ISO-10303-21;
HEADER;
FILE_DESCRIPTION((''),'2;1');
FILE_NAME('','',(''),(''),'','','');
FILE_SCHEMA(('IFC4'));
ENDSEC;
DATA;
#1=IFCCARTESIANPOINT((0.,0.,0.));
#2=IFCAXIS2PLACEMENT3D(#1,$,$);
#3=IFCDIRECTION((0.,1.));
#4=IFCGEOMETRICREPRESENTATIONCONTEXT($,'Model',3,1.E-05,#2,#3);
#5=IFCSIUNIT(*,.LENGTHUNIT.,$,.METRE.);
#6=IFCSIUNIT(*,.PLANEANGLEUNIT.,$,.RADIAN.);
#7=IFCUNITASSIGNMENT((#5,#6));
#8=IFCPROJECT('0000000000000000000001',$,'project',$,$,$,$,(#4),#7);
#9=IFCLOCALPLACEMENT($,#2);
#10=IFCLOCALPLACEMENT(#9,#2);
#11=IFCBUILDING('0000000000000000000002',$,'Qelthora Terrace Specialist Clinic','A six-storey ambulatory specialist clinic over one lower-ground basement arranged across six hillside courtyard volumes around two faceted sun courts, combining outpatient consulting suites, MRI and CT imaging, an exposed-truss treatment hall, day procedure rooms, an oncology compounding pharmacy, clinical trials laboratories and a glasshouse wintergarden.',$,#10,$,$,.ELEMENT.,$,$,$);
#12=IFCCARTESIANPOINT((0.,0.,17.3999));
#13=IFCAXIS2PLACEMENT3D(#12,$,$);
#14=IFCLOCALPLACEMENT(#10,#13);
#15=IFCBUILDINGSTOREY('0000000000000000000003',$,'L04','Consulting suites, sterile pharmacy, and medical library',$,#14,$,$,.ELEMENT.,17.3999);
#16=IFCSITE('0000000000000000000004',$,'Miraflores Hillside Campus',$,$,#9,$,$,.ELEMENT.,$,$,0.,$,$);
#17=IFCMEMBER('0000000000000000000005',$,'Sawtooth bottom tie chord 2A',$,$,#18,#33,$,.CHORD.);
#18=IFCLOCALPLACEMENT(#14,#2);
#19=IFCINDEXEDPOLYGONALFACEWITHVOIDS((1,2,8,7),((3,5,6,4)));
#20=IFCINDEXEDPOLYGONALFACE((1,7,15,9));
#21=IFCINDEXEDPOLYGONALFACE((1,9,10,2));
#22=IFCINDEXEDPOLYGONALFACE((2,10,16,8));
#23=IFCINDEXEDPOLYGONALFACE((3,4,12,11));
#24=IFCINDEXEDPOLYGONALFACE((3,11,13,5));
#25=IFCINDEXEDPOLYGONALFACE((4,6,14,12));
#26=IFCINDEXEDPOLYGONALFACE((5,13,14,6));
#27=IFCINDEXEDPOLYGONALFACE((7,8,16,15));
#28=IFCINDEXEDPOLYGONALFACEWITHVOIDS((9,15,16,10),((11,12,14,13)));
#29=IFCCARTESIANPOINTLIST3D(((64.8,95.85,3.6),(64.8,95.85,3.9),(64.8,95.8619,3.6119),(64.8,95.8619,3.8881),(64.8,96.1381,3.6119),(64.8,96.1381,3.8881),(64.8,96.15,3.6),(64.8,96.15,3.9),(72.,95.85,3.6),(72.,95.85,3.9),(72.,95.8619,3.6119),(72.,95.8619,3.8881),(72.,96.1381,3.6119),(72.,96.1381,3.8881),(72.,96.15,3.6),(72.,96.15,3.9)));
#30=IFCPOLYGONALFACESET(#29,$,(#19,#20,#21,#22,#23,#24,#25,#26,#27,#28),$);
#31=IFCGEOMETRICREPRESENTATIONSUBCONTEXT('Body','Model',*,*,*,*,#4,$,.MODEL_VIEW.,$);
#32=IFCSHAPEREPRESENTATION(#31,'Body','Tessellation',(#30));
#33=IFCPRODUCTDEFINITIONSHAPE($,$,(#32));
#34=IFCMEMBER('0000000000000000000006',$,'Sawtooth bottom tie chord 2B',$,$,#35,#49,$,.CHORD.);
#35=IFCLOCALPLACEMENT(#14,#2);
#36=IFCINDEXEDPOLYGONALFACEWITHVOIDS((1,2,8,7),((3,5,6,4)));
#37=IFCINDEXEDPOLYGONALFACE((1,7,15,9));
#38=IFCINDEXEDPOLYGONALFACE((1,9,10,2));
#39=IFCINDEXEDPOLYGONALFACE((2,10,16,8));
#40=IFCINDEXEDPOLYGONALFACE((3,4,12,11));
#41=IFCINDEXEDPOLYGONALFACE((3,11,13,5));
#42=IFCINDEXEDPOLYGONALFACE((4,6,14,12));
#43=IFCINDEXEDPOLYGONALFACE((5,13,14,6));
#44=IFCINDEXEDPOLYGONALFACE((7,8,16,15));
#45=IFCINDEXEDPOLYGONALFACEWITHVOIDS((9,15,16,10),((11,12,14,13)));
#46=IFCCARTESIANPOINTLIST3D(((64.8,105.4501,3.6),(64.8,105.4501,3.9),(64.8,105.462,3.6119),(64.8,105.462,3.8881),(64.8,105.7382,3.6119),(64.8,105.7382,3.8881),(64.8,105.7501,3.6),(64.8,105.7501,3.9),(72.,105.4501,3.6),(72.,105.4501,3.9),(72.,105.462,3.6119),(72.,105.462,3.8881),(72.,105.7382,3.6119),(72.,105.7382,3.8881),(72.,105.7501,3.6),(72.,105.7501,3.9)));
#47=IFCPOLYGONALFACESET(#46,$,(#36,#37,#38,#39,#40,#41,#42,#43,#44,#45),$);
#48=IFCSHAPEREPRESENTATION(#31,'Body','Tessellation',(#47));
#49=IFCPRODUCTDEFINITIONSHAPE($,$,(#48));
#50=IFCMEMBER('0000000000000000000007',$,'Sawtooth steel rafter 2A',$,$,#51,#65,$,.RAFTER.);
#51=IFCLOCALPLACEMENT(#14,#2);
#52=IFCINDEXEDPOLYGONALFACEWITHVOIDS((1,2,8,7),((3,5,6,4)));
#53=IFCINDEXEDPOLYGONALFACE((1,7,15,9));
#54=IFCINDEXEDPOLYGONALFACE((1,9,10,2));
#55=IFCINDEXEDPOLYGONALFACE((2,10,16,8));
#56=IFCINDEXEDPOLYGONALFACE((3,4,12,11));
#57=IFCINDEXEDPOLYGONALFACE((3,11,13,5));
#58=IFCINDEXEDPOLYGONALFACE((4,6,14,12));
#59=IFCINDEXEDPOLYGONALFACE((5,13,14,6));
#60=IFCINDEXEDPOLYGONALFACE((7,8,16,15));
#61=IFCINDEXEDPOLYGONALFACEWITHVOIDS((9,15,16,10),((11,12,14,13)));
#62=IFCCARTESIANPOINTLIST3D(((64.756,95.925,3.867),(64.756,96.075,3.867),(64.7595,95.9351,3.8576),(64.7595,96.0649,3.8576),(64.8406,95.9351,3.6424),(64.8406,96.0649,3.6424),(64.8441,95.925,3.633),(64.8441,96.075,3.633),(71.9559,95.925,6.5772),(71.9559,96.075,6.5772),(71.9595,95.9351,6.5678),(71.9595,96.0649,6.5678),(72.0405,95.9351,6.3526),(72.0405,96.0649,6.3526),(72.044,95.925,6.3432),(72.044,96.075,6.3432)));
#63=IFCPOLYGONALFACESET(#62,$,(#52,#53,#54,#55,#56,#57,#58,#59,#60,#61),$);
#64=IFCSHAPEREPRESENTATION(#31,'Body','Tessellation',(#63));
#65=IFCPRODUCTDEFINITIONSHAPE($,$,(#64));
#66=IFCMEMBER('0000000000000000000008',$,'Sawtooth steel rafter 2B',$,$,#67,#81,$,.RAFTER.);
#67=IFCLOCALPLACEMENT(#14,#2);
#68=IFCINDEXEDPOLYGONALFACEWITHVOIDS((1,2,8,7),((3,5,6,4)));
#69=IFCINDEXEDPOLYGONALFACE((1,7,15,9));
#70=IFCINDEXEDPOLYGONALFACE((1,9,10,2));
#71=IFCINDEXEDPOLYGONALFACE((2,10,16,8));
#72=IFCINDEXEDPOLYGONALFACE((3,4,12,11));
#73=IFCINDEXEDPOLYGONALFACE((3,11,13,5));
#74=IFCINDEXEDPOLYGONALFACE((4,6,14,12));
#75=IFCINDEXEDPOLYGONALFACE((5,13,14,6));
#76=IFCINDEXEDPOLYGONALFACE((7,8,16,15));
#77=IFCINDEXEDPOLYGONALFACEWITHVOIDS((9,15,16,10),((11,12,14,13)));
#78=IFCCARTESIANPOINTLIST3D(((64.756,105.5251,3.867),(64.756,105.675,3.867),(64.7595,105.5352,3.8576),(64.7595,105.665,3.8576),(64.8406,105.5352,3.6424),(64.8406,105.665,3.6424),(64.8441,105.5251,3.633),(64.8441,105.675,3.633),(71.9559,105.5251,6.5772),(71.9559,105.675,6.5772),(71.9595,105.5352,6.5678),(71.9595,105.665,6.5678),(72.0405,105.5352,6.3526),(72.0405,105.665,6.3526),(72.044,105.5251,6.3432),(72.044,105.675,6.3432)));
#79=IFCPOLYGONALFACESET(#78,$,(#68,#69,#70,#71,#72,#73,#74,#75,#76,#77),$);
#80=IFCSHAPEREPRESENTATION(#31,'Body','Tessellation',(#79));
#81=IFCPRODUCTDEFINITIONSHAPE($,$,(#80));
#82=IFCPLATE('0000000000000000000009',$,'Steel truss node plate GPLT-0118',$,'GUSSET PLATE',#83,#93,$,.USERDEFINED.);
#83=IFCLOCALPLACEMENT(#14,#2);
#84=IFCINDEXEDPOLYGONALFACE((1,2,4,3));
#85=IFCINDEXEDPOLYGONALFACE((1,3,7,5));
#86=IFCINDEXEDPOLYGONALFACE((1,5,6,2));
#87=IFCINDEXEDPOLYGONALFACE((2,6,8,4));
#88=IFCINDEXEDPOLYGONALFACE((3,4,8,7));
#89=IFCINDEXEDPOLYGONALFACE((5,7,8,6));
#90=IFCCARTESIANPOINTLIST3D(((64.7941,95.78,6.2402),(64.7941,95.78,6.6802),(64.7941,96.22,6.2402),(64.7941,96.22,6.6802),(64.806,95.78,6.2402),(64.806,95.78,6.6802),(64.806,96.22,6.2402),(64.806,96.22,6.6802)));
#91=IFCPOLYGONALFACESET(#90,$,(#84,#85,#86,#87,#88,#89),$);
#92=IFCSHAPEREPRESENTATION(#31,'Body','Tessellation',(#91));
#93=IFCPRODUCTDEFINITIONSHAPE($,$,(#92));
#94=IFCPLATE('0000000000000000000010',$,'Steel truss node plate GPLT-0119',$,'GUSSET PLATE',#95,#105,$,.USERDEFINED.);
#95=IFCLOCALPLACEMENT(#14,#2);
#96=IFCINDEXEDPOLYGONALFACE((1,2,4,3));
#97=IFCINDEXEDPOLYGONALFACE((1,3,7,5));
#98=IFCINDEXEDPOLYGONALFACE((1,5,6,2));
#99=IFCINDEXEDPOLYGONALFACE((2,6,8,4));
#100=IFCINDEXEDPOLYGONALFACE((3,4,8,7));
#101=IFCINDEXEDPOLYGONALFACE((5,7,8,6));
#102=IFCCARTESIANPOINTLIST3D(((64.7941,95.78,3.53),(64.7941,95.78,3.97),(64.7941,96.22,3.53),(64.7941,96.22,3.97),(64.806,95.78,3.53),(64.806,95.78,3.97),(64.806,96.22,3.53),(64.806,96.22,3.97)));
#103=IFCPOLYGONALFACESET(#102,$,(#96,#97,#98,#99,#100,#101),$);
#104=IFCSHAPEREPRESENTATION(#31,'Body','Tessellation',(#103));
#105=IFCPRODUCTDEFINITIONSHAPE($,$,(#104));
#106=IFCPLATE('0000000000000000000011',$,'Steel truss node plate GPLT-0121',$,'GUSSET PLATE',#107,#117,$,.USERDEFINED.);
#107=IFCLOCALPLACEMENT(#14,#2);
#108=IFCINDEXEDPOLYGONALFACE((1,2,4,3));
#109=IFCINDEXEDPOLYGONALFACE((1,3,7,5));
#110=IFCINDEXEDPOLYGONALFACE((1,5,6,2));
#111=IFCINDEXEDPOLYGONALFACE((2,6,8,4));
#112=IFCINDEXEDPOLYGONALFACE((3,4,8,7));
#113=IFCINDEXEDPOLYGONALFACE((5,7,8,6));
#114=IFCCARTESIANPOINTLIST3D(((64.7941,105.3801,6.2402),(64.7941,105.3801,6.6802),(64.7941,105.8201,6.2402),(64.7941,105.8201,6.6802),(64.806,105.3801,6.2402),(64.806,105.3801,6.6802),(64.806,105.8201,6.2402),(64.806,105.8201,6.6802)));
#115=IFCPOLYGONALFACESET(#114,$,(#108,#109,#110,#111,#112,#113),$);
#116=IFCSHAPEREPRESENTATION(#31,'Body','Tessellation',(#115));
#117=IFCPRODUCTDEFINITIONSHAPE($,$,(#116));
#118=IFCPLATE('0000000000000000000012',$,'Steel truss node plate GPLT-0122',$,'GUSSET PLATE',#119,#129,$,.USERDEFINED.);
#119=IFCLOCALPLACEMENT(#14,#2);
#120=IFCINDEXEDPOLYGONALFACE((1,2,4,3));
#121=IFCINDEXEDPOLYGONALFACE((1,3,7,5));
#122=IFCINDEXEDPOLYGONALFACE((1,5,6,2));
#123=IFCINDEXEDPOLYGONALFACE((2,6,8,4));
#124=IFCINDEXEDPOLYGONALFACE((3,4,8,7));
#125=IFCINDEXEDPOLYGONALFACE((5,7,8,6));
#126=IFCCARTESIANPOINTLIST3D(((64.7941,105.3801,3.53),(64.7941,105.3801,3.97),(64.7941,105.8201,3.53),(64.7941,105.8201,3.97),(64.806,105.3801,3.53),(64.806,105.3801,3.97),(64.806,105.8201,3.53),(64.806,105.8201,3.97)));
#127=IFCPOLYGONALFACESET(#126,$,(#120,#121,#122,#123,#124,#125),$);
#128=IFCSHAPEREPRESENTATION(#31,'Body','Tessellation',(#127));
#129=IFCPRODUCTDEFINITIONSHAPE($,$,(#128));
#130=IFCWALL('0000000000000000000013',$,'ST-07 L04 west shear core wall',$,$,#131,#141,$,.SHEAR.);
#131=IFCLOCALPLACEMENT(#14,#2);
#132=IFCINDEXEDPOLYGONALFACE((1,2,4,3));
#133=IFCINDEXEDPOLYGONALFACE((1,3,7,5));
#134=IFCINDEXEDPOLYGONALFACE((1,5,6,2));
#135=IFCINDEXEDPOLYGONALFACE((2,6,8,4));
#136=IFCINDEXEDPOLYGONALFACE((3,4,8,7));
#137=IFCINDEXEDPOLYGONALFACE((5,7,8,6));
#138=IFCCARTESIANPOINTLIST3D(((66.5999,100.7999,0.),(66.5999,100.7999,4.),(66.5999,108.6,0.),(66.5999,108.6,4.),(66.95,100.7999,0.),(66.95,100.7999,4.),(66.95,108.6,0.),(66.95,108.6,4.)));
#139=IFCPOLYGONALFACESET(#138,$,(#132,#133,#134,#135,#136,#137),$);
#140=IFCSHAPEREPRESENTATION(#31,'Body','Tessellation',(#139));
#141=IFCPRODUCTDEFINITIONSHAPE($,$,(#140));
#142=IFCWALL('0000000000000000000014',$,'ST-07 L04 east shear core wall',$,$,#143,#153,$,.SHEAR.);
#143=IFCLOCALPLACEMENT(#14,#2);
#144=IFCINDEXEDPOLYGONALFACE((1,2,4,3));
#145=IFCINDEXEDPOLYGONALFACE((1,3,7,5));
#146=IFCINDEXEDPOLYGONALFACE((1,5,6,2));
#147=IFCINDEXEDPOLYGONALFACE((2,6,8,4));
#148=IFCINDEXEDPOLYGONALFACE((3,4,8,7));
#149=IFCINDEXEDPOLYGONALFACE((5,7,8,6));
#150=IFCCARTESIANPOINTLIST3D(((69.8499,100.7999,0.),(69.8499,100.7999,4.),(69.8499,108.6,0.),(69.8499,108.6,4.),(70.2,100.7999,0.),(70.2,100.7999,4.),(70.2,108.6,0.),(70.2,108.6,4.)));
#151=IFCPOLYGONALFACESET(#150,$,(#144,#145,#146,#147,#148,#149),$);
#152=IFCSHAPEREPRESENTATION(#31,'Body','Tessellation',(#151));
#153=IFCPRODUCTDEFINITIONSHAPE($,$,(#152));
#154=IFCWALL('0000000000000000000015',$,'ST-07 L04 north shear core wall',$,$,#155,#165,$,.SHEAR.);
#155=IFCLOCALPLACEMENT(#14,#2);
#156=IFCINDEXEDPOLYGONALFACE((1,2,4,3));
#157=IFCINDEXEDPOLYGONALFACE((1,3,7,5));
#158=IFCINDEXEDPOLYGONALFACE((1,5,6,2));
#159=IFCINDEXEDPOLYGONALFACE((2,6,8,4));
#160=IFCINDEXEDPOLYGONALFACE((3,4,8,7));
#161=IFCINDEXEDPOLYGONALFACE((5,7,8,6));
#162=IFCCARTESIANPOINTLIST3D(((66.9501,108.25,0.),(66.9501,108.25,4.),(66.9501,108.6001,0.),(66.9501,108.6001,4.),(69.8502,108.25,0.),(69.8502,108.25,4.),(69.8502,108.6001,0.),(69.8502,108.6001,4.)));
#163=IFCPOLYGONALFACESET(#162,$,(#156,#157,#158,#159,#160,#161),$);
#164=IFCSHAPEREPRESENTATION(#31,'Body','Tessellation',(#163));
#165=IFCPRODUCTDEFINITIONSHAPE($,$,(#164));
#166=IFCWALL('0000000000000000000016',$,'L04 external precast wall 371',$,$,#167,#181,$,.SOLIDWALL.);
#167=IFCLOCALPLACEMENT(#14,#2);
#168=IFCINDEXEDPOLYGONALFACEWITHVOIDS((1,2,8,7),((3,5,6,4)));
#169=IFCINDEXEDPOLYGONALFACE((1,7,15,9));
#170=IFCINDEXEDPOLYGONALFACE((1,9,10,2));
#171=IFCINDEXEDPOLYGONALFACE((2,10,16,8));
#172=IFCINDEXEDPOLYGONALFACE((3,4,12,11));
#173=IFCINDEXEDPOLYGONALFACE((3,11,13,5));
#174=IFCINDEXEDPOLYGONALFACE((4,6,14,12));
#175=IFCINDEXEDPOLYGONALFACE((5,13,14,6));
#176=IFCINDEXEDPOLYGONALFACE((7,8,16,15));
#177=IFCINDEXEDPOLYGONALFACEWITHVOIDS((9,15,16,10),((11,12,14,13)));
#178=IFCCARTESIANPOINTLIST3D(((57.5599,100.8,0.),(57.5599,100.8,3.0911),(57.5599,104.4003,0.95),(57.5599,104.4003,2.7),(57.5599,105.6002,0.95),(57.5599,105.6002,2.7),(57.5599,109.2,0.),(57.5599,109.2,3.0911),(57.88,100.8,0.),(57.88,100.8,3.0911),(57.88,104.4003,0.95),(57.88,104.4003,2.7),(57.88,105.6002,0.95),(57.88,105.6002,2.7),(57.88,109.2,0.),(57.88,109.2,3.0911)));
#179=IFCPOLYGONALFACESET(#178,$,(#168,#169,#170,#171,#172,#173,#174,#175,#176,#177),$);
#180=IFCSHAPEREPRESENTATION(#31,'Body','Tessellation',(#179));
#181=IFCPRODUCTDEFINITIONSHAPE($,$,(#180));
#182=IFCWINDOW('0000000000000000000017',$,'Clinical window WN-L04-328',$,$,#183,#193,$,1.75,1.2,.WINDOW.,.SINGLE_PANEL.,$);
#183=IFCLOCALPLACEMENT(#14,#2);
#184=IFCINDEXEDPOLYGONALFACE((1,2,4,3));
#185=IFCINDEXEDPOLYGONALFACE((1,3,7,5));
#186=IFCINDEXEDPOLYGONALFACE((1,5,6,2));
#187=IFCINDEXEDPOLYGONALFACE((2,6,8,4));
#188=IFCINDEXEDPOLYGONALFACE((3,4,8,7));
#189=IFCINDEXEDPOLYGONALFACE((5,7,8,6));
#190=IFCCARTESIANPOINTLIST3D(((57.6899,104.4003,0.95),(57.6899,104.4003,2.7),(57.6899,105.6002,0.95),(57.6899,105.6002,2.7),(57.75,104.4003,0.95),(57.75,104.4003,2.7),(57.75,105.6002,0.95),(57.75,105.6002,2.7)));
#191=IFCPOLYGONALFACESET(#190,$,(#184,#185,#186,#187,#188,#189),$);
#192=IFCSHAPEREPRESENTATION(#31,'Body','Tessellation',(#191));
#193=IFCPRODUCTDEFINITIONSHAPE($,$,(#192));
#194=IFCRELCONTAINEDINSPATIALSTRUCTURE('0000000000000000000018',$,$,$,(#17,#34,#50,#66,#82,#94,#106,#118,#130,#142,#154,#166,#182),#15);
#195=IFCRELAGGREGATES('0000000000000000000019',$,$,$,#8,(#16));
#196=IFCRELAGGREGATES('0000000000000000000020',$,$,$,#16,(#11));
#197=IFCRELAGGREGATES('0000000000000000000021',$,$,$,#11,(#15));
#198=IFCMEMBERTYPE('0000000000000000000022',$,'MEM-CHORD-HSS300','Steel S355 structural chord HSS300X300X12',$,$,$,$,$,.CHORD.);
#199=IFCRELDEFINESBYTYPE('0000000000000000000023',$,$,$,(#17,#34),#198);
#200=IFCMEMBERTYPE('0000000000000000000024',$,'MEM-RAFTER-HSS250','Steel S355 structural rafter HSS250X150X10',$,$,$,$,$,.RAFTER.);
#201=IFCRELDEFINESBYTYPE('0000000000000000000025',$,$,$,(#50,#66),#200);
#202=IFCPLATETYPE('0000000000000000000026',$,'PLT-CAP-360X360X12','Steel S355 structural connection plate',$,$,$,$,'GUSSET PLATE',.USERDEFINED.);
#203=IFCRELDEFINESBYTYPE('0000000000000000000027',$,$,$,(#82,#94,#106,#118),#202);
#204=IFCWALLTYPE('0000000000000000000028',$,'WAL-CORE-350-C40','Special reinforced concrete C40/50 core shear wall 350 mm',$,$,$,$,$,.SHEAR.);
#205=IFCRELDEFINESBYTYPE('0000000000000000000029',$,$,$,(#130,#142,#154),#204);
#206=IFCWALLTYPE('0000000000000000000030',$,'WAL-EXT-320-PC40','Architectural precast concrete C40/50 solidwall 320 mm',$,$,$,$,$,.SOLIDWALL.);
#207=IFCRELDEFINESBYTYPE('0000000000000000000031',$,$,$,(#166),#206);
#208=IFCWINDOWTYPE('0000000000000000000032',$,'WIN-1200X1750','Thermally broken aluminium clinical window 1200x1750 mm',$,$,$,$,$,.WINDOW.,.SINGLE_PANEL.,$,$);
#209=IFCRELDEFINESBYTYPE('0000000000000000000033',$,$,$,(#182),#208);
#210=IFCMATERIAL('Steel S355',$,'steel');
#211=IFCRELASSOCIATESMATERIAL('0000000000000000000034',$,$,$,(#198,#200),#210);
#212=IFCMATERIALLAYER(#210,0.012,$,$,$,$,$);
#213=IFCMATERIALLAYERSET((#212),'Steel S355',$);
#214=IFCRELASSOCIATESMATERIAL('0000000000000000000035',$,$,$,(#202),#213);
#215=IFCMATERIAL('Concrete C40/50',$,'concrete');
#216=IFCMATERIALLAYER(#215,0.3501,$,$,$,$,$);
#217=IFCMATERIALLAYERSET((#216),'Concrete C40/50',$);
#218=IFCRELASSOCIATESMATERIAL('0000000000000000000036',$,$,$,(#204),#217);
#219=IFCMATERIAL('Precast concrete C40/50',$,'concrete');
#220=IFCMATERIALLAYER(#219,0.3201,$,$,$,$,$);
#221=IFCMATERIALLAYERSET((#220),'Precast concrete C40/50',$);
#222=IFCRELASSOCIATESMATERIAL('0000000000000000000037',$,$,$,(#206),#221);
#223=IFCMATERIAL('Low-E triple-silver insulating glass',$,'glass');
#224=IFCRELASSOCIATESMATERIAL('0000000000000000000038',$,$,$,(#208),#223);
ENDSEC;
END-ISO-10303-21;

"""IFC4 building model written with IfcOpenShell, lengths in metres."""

from ifc_helpers import new_model, si_unit, direction, frame, frame_2d, origin, origin_2d, place, context, subcontext, project, spatial, rectangle, hollow_rectangle, extrude, material, layer, layer_set, material_profile, profile_set, type_object, element, fill, save


model = new_model("IFC4")

# Units and contexts
model_context = context("Model", 3, precision=1e-05, world=origin(), true_north=direction((0.0, 1.0)))
body_context = subcontext(model_context, "Body", "Model", "MODEL_VIEW")
ifc_project = project(units=[si_unit("LENGTHUNIT", "METRE"), si_unit("PLANEANGLEUNIT", "RADIAN")], contexts=[model_context])

# Site, building, storey
site_placement = place(None, origin())
site = spatial("IfcSite", under=ifc_project, at=site_placement, Name="Miraflores Hillside Campus", CompositionType="ELEMENT", RefElevation=0.0)
building_placement = place(site_placement, origin())
building = spatial("IfcBuilding", under=site, at=building_placement, Name="Qelthora Terrace Specialist Clinic", Description="A six-storey ambulatory specialist clinic over one lower-ground basement arranged across six hillside courtyard volumes around two faceted sun courts, combining outpatient consulting suites, MRI and CT imaging, an exposed-truss treatment hall, day procedure rooms, an oncology compounding pharmacy, clinical trials laboratories and a glasshouse wintergarden.", CompositionType="ELEMENT")
storey_placement = place(building_placement, frame((0.0, 0.0, 17.3999)))
storey = spatial("IfcBuildingStorey", under=building, at=storey_placement, Name="L04", Description="Consulting suites, sterile pharmacy, and medical library", CompositionType="ELEMENT", Elevation=17.3999)

# Shared definitions
ifc_material_1 = material(Name="Steel S355", Category="steel")

# Members
ifc_material_profile_1 = material_profile(ifc_material_1, hollow_rectangle(XDim=0.3, YDim=0.3, WallThickness=0.012, at=origin_2d()), Name="HSS300X300X12")
ifc_profile_set_1 = profile_set([ifc_material_profile_1], Name="Steel S355")
member_type_1 = type_object("IfcMemberType", Name="MEM-CHORD-HSS300", Description="Steel S355 structural chord HSS300X300X12", PredefinedType="CHORD", material=ifc_profile_set_1)
for number, where, z_axis, x_axis, name in (
    (1, (64.8, 96.0, 3.75), (1.0, 0.0, 0.0), (0.0, 1.0, 0.0), "Sawtooth bottom tie chord 2A"),
    (2, (64.8, 105.6001, 3.75), (1.0, 0.0, 0.0), (0.0, 1.0, 0.0), "Sawtooth bottom tie chord 2B"),
):
    element("IfcMember", number, at=place(storey_placement, frame(where, z_axis=z_axis, x_axis=x_axis)), inside=storey, type_object=member_type_1, Name=name, PredefinedType="CHORD", context=body_context, shape_type="SweptSolid", body=[
        extrude(hollow_rectangle(XDim=0.3, YDim=0.3, WallThickness=0.012, at=origin_2d()), origin(), (0.0, 0.0, 1.0), 7.2),
    ])
ifc_material_profile_2 = material_profile(ifc_material_1, hollow_rectangle(XDim=0.1499, YDim=0.25, WallThickness=0.01, at=origin_2d()), Name="HSS250X150X10")
ifc_profile_set_2 = profile_set([ifc_material_profile_2], Name="Steel S355")
member_type_2 = type_object("IfcMemberType", Name="MEM-RAFTER-HSS250", Description="Steel S355 structural rafter HSS250X150X10", PredefinedType="RAFTER", material=ifc_profile_set_2)
for number, where, z_axis, x_axis, name in (
    (3, (64.8, 96.0, 3.75), (0.935892, 0.0, 0.352288), (0.0, 1.0, 0.0), "Sawtooth steel rafter 2A"),
    (4, (64.8, 105.6001, 3.75), (0.935892, 0.0, 0.352288), (0.0, 1.0, 0.0), "Sawtooth steel rafter 2B"),
):
    element("IfcMember", number, at=place(storey_placement, frame(where, z_axis=z_axis, x_axis=x_axis)), inside=storey, type_object=member_type_2, Name=name, PredefinedType="RAFTER", context=body_context, shape_type="SweptSolid", body=[
        extrude(hollow_rectangle(XDim=0.1499, YDim=0.25, WallThickness=0.01, at=origin_2d()), origin(), (0.0, 0.0, 1.0), 7.6931),
    ])

# Plates
ifc_layer_1 = layer(ifc_material_1, 0.012)
ifc_layer_set_1 = layer_set([ifc_layer_1], Name="Steel S355")
plate_type = type_object("IfcPlateType", Name="PLT-CAP-360X360X12", Description="Steel S355 structural connection plate", ElementType="GUSSET PLATE", PredefinedType="USERDEFINED", material=ifc_layer_set_1)
for number, where, z_axis, x_axis, name in (
    (5, (64.8, 96.0, 6.2402), (0.0, 0.0, 1.0), (1.0, 0.0, 0.0), "Steel truss node plate GPLT-0118"),
    (6, (64.8, 96.0, 3.53), (0.0, 0.0, 1.0), (1.0, 0.0, 0.0), "Steel truss node plate GPLT-0119"),
    (7, (64.8, 105.6001, 6.2402), (0.0, 0.0, 1.0), (1.0, 0.0, 0.0), "Steel truss node plate GPLT-0121"),
    (8, (64.8, 105.6001, 3.53), (0.0, 0.0, 1.0), (1.0, 0.0, 0.0), "Steel truss node plate GPLT-0122"),
):
    element("IfcPlate", number, at=place(storey_placement, frame(where, z_axis=z_axis, x_axis=x_axis)), inside=storey, type_object=plate_type, Name=name, ObjectType="GUSSET PLATE", PredefinedType="USERDEFINED", context=body_context, shape_type="SweptSolid", body=[
        extrude(rectangle(XDim=0.012, YDim=0.4399, at=origin_2d()), origin(), (0.0, 0.0, 1.0), 0.4399),
    ])

# Walls
ifc_material_2 = material(Name="Concrete C40/50", Category="concrete")
ifc_layer_2 = layer(ifc_material_2, 0.3501)
ifc_layer_set_2 = layer_set([ifc_layer_2], Name="Concrete C40/50")
wall_type_1 = type_object("IfcWallType", Name="WAL-CORE-350-C40", Description="Special reinforced concrete C40/50 core shear wall 350 mm", PredefinedType="SHEAR", material=ifc_layer_set_2)
for number, where, z_axis, x_axis, name in (
    (9, (66.7749, 100.8, 0.0), (0.0, 0.0, 1.0), (0.0, 1.0, 0.0), "ST-07 L04 west shear core wall"),
    (10, (70.0249, 100.8, 0.0), (0.0, 0.0, 1.0), (0.0, 1.0, 0.0), "ST-07 L04 east shear core wall"),
):
    element("IfcWall", number, at=place(storey_placement, frame(where, z_axis=z_axis, x_axis=x_axis)), inside=storey, type_object=wall_type_1, Name=name, PredefinedType="SHEAR", context=body_context, shape_type="SweptSolid", body=[
        extrude(rectangle(XDim=7.8, YDim=0.3501, at=frame_2d((3.8999, 0.0))), origin(), (0.0, 0.0, 1.0), 4.0),
    ])
wall_1_placement = place(storey_placement, frame((66.95, 108.425, 0.0), z_axis=(0.0, 0.0, 1.0), x_axis=(1.0, 0.0, 0.0)))
element("IfcWall", 11, at=wall_1_placement, inside=storey, type_object=wall_type_1, Name="ST-07 L04 north shear core wall", PredefinedType="SHEAR", context=body_context, shape_type="SweptSolid", body=[
    extrude(rectangle(XDim=2.9001, YDim=0.3501, at=frame_2d((1.4502, 0.0))), origin(), (0.0, 0.0, 1.0), 4.0),
])

# Wall, opening, window
ifc_material_3 = material(Name="Precast concrete C40/50", Category="concrete")
ifc_layer_3 = layer(ifc_material_3, 0.3201)
ifc_layer_set_3 = layer_set([ifc_layer_3], Name="Precast concrete C40/50")
wall_type_2 = type_object("IfcWallType", Name="WAL-EXT-320-PC40", Description="Architectural precast concrete C40/50 solidwall 320 mm", PredefinedType="SOLIDWALL", material=ifc_layer_set_3)
wall_2_placement = place(storey_placement, frame((57.72, 100.8, 0.0), z_axis=(0.0, 0.0, 1.0), x_axis=(0.0, 1.0, 0.0)))
wall_2 = element("IfcWall", 12, at=wall_2_placement, inside=storey, type_object=wall_type_2, Name="L04 external precast wall 371", PredefinedType="SOLIDWALL", context=body_context, shape_type="SweptSolid", body=[
    extrude(rectangle(XDim=8.3999, YDim=0.3201, at=frame_2d((4.2, 0.0))), origin(), (0.0, 0.0, 1.0), 3.0911),
])
opening_1_placement = place(wall_2_placement, frame((3.6001, 0.0, 0.95)))
opening_1 = element("IfcOpeningElement", 13, at=opening_1_placement, cuts=wall_2, PredefinedType="OPENING", context=body_context, shape_type="SweptSolid", body=[
    extrude(rectangle(XDim=1.2, YDim=1.75, at=frame_2d((0.6001, 0.875))), frame((0.0, 0.1699, 0.0), z_axis=(0.0, -1.0, 0.0), x_axis=(1.0, 0.0, 0.0)), (0.0, 0.0, 1.0), 0.3401),
])
ifc_material_4 = material(Name="Low-E triple-silver insulating glass", Category="glass")
window_type = type_object("IfcWindowType", Name="WIN-1200X1750", Description="Thermally broken aluminium clinical window 1200x1750 mm", PartitioningType="SINGLE_PANEL", PredefinedType="WINDOW", material=ifc_material_4)
window_placement = place(opening_1_placement, origin())
window = element("IfcWindow", 14, at=window_placement, inside=storey, type_object=window_type, Name="Clinical window WN-L04-328", OverallHeight=1.75, OverallWidth=1.2, PartitioningType="SINGLE_PANEL", PredefinedType="WINDOW", context=body_context, shape_type="SweptSolid", body=[
    extrude(rectangle(XDim=1.2, YDim=1.75, at=frame_2d((0.6001, 0.875))), frame((0.0, 0.03, 0.0), z_axis=(0.0, -1.0, 0.0), x_axis=(1.0, 0.0, 0.0)), (0.0, 0.0, 1.0), 0.0601),
])
fill(opening_1, window)

save(model, "model.ifc")
